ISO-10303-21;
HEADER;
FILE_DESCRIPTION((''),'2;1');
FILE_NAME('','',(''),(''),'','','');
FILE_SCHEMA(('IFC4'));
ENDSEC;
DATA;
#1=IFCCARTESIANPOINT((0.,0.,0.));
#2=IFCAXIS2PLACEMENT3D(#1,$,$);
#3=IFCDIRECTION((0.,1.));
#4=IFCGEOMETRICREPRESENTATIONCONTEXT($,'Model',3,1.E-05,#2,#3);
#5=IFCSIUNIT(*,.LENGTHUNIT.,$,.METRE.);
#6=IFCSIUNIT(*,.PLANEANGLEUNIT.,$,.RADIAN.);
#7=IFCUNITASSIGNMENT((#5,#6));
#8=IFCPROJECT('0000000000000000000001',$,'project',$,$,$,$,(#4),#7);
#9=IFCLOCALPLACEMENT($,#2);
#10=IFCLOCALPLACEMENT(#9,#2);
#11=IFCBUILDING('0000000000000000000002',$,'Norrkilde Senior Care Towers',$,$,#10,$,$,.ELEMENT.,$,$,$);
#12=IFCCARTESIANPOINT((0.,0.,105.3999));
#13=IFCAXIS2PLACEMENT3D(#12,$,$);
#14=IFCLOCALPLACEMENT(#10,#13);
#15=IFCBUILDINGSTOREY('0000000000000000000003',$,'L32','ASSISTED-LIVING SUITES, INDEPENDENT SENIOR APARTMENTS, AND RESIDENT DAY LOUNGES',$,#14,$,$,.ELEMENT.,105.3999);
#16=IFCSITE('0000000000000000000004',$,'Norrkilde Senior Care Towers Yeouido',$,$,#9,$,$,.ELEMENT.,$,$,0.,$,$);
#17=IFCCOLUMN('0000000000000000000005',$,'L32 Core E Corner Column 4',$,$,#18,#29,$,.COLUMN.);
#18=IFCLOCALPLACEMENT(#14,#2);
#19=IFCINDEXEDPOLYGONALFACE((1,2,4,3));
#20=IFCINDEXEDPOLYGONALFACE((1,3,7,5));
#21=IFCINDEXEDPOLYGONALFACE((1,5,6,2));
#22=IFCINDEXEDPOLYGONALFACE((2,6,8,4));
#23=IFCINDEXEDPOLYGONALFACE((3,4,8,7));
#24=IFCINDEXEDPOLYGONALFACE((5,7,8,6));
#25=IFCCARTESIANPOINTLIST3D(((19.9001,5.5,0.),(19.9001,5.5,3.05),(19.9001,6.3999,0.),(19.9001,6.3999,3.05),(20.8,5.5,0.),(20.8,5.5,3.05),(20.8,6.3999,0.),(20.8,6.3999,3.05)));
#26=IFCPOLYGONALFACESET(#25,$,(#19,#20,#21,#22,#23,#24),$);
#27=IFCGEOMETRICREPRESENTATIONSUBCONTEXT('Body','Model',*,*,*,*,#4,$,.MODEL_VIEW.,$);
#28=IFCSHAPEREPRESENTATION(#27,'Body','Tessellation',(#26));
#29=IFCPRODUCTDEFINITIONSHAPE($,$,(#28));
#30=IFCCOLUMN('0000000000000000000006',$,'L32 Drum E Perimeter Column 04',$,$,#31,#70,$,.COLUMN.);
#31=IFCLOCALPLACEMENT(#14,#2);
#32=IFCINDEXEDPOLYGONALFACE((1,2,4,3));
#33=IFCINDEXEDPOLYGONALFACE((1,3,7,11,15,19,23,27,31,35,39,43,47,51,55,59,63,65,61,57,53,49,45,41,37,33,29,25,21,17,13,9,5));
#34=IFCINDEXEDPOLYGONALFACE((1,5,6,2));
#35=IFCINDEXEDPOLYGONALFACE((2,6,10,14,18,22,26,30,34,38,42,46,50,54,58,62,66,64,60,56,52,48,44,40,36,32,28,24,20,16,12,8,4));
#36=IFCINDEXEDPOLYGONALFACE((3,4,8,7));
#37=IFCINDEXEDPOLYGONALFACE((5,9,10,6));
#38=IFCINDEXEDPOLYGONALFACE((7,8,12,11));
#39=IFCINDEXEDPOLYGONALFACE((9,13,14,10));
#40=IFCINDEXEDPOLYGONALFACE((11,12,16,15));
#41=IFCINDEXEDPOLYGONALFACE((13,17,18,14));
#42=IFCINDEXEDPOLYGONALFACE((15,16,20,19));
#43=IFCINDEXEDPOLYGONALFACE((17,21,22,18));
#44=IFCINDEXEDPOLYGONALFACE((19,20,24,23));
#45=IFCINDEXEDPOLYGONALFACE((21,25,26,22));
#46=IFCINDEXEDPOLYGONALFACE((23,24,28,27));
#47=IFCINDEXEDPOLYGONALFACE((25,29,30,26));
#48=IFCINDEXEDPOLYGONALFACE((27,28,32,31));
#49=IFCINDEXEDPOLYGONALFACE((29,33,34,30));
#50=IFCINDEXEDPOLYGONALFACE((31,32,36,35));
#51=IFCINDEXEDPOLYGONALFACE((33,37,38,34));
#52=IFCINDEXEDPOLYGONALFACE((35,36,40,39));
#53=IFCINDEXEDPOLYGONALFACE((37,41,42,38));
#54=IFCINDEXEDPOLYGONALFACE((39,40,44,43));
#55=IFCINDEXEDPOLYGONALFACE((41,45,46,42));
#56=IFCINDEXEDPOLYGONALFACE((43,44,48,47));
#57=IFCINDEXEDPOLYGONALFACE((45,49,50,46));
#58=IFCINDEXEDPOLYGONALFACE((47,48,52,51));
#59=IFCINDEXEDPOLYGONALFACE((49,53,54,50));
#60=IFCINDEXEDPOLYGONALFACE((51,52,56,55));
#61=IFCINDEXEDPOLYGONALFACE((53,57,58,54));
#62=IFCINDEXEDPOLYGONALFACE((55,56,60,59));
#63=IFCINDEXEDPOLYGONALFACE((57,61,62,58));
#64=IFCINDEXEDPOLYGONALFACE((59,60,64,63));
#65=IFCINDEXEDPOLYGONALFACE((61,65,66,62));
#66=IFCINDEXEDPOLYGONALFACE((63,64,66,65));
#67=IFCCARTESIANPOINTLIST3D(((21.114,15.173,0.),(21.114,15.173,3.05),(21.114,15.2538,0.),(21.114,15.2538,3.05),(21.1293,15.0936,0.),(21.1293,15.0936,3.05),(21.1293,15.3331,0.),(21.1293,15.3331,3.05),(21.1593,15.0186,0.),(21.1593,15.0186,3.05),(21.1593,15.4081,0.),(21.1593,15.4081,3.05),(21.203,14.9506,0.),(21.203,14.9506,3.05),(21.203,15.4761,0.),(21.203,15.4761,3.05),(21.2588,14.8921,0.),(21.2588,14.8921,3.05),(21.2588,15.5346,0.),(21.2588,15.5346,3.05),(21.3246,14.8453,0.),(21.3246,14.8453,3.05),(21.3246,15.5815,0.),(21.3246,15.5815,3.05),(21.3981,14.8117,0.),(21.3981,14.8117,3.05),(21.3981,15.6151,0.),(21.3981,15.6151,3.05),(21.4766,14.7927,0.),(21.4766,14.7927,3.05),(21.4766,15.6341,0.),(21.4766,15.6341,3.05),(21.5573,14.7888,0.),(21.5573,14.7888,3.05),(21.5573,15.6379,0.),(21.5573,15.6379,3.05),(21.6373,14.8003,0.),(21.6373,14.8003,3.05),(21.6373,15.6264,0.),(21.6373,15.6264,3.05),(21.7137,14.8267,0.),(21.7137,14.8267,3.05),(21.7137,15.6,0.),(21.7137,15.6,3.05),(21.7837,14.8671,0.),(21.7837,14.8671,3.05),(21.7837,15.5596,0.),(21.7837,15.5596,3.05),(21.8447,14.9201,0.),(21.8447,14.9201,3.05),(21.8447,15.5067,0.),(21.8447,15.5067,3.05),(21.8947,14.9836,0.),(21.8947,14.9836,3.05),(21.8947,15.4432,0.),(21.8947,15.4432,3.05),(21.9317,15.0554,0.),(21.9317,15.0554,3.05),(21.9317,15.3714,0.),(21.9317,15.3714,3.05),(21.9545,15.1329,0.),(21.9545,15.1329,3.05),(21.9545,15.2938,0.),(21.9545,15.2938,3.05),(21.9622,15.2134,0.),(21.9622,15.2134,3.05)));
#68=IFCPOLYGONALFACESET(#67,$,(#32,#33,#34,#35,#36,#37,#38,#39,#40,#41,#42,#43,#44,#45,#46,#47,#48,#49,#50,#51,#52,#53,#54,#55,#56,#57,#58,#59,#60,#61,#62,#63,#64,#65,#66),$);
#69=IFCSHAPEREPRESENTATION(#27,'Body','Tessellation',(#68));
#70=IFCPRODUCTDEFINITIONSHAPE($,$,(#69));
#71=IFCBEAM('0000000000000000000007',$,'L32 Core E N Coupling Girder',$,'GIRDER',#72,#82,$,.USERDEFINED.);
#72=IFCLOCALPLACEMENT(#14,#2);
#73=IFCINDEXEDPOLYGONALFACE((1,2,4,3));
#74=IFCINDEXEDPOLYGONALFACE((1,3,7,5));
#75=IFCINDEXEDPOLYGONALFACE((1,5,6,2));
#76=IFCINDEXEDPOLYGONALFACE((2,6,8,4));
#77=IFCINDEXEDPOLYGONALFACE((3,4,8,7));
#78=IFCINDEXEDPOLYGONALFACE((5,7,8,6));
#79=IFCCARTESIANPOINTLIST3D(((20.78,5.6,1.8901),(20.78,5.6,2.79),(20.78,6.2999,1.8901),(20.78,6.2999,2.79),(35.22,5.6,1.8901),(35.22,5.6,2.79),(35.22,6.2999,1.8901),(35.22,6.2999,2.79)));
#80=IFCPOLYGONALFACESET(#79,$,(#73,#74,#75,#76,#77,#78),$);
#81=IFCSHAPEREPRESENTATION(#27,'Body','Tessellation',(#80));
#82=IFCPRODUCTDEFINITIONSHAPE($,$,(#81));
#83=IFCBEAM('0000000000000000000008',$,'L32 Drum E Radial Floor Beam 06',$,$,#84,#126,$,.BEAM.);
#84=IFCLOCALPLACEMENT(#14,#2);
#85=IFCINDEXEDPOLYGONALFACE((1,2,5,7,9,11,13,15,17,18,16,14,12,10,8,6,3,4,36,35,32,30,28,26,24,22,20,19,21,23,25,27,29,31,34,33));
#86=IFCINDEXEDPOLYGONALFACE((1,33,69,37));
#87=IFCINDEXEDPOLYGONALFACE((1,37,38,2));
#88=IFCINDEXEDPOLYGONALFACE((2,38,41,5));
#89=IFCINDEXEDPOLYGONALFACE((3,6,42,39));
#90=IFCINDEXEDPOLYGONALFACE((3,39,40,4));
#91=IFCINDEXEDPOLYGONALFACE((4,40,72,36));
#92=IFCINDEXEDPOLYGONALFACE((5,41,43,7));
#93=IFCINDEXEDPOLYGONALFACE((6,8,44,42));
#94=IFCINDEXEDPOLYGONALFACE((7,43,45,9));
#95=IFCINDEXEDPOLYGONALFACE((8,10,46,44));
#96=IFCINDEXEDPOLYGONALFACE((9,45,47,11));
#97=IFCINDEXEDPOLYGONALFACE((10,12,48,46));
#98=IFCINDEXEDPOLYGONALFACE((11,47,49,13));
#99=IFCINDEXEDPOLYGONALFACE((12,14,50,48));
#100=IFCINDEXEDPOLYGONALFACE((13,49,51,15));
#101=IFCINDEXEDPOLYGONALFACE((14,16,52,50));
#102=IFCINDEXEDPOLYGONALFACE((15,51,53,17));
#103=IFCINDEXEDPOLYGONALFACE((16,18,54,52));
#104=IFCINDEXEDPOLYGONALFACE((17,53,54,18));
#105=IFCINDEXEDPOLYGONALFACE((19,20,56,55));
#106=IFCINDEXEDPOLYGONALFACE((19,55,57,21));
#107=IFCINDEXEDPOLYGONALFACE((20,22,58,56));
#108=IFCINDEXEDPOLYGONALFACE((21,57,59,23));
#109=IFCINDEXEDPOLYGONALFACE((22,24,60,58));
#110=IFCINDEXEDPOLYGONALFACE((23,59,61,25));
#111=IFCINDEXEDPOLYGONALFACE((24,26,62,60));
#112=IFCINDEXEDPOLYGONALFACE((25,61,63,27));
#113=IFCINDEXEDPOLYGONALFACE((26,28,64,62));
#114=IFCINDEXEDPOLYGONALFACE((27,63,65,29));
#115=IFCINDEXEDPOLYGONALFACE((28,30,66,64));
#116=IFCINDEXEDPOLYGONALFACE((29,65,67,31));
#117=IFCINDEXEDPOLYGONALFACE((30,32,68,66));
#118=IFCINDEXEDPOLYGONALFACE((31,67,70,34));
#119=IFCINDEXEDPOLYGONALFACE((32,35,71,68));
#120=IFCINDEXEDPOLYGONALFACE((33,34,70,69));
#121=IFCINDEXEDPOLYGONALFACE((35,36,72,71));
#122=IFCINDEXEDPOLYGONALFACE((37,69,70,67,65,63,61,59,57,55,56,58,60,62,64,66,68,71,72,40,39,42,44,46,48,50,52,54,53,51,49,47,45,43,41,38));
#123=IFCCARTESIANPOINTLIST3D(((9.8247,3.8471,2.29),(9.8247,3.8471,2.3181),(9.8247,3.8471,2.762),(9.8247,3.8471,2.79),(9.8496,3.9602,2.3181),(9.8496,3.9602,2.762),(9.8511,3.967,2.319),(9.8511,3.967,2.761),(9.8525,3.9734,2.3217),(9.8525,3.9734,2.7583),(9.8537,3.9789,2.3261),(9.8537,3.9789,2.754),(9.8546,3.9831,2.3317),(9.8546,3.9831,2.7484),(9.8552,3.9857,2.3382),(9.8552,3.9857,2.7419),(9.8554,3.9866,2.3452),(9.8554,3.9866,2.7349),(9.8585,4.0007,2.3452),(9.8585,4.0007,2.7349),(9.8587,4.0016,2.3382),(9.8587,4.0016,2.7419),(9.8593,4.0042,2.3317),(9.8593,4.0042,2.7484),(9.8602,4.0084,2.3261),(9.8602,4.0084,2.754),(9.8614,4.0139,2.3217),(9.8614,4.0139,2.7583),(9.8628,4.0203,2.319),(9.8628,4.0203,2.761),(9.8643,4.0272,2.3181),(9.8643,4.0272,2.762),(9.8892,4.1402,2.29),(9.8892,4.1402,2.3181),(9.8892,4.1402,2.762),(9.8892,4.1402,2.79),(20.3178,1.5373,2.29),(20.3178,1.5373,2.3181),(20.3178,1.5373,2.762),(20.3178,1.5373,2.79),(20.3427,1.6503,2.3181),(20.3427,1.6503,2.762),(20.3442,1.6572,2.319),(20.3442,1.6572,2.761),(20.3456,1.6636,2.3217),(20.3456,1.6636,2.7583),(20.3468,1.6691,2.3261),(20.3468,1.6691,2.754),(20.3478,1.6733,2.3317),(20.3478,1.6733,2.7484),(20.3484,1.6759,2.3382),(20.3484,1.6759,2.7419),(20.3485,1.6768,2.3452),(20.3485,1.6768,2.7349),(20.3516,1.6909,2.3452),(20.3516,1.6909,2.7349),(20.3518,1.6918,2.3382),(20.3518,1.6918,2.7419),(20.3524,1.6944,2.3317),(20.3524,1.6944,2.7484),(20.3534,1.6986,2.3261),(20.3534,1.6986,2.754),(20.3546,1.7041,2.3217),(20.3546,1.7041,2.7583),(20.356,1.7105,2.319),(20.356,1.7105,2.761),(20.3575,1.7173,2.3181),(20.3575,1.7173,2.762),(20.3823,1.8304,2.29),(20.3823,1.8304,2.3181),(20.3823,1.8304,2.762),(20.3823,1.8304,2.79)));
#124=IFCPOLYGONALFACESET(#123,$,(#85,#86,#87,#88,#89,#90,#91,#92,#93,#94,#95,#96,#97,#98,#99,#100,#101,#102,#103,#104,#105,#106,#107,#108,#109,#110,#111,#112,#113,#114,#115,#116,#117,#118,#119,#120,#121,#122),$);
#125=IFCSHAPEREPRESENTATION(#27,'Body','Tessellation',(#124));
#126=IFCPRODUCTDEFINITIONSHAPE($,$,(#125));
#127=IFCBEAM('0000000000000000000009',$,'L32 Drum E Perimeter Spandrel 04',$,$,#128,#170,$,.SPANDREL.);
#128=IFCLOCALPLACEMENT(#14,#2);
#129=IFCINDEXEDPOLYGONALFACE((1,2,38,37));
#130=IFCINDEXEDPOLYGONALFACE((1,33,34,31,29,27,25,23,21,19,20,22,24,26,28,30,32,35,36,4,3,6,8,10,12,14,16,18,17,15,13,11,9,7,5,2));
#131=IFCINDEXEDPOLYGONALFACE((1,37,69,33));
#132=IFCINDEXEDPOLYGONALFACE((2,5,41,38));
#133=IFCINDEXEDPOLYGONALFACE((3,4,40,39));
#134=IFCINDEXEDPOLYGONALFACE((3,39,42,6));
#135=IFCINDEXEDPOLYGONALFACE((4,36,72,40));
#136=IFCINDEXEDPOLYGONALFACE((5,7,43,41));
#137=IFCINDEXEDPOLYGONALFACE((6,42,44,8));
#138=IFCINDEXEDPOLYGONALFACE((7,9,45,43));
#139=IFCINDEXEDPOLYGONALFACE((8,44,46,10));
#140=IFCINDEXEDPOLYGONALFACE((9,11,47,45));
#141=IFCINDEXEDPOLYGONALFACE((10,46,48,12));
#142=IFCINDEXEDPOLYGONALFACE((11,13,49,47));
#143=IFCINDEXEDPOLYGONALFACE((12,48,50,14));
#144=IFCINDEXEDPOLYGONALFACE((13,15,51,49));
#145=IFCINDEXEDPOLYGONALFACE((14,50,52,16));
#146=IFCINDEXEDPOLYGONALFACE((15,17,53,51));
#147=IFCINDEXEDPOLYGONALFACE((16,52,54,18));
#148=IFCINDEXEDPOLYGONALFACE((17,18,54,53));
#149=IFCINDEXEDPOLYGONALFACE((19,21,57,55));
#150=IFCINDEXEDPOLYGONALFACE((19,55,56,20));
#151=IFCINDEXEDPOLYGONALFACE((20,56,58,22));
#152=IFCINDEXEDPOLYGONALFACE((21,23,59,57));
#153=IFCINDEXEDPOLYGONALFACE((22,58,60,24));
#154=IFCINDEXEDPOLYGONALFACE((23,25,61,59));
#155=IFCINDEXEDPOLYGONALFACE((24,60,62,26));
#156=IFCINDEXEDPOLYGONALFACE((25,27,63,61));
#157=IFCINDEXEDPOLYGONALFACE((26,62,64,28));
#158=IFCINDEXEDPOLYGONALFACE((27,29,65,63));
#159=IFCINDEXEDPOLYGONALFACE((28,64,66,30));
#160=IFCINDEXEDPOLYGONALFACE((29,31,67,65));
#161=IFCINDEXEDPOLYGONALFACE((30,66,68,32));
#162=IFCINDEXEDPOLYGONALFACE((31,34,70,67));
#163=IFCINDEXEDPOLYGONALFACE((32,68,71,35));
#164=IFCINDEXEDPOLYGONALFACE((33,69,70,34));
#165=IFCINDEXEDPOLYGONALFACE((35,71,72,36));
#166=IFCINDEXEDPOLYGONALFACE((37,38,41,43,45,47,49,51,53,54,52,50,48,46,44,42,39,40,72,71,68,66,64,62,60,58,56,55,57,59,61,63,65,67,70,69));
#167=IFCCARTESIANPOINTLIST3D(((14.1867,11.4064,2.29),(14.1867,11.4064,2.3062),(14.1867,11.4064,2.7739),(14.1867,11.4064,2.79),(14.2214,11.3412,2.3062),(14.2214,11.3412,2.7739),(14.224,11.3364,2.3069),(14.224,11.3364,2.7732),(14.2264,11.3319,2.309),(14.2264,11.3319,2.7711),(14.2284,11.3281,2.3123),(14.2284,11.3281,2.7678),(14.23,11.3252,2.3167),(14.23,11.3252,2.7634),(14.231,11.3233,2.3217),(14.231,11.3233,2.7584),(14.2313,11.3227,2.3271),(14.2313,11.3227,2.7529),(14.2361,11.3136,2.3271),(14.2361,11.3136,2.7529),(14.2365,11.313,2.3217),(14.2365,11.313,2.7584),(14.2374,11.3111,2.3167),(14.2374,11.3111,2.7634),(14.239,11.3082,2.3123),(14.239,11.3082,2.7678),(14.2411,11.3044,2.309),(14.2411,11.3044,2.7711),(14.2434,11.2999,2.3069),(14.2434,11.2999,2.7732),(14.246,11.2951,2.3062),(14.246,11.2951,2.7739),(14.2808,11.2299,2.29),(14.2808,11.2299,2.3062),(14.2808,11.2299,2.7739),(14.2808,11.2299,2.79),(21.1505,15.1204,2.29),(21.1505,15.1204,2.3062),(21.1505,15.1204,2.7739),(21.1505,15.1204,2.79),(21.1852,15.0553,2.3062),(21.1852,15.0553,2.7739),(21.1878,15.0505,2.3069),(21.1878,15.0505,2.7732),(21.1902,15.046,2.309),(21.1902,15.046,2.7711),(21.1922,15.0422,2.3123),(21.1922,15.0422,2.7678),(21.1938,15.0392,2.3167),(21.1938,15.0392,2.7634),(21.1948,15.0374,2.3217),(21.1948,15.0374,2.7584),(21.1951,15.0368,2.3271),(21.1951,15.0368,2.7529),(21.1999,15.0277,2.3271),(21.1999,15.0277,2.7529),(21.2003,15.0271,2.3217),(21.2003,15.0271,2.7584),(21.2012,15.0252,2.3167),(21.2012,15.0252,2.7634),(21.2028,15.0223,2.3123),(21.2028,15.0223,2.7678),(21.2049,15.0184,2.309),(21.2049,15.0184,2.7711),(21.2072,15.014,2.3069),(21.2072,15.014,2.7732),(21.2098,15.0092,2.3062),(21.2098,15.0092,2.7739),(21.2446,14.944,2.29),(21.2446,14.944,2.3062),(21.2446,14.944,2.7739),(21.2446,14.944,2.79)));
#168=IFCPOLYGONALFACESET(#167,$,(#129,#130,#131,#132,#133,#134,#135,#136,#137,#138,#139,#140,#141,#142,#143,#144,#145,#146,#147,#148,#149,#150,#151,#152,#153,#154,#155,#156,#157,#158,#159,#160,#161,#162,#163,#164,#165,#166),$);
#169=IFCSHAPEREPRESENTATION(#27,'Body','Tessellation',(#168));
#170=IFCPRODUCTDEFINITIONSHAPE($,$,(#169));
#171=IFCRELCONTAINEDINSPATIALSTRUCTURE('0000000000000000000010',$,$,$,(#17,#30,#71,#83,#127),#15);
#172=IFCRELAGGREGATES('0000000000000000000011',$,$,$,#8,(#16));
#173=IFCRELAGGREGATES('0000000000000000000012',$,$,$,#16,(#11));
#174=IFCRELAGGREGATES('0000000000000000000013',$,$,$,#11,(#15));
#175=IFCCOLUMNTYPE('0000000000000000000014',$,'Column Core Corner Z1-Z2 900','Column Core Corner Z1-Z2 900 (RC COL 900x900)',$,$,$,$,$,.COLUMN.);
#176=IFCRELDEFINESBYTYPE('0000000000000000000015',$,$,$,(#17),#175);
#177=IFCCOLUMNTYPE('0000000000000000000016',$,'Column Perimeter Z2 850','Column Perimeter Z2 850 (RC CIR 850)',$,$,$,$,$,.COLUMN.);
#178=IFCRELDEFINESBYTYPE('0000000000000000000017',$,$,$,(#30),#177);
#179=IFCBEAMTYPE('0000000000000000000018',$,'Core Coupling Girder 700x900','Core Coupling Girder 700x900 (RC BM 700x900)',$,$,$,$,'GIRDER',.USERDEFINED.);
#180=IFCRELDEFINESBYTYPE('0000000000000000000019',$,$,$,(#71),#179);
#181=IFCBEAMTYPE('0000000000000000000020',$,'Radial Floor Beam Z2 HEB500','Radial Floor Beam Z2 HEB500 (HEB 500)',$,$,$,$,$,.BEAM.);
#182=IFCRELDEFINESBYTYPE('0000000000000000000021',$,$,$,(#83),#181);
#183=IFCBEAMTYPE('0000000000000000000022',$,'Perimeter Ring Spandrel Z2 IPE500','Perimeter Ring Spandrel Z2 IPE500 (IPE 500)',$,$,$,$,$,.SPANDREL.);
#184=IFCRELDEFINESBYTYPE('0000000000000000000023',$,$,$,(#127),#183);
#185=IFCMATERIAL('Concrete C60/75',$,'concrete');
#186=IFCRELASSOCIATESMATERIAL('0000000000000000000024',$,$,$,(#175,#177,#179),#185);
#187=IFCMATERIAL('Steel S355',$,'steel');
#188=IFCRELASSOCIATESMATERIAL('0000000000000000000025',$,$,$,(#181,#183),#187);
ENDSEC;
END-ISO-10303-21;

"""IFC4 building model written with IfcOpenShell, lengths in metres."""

from ifc_helpers import new_model, si_unit, direction, frame, origin, origin_2d, place, context, subcontext, project, spatial, rectangle, circle, i_section, extrude, source, transform, mapped, material, material_profile, profile_set, type_object, type_shapes, element, save


model = new_model("IFC4")

# Units and contexts
model_context = context("Model", 3, precision=1e-05, world=origin(), true_north=direction((0.0, 1.0)))
body_context = subcontext(model_context, "Body", "Model", "MODEL_VIEW")
ifc_project = project(units=[si_unit("LENGTHUNIT", "METRE"), si_unit("PLANEANGLEUNIT", "RADIAN")], contexts=[model_context])

# Site, building, storey
site_placement = place(None, origin())
site = spatial("IfcSite", under=ifc_project, at=site_placement, Name="Norrkilde Senior Care Towers Yeouido", CompositionType="ELEMENT", RefElevation=0.0)
building_placement = place(site_placement, origin())
building = spatial("IfcBuilding", under=site, at=building_placement, Name="Norrkilde Senior Care Towers", CompositionType="ELEMENT")
storey_placement = place(building_placement, frame((0.0, 0.0, 105.3999)))
storey = spatial("IfcBuildingStorey", under=building, at=storey_placement, Name="L32", Description="ASSISTED-LIVING SUITES, INDEPENDENT SENIOR APARTMENTS, AND RESIDENT DAY LOUNGES", CompositionType="ELEMENT", Elevation=105.3999)

# Columns
ifc_material_1 = material(Name="Concrete C60/75", Category="concrete")
ifc_material_profile_1 = material_profile(ifc_material_1, rectangle(XDim=0.8999, YDim=0.8999, at=origin_2d()), Name="RC COL 900x900")
ifc_profile_set_1 = profile_set([ifc_material_profile_1], Name="Concrete C60/75")
column_type_1 = type_object("IfcColumnType", Name="Column Core Corner Z1-Z2 900", Description="Column Core Corner Z1-Z2 900 (RC COL 900x900)", PredefinedType="COLUMN", material=ifc_profile_set_1)
shared_shape_1 = source(origin(), body_context, "Body", "SweptSolid", [
    extrude(rectangle(XDim=0.8999, YDim=0.8999, at=origin_2d()), origin(), (0.0, 0.0, 1.0), 3.05),
])
type_shapes(column_type_1, [shared_shape_1])
column_1_placement = place(storey_placement, frame((20.3501, 5.95, 0.0), z_axis=(0.0, 0.0, 1.0), x_axis=(1.0, 0.0, 0.0)))
element("IfcColumn", 1, at=column_1_placement, inside=storey, type_object=column_type_1, Name="L32 Core E Corner Column 4", PredefinedType="COLUMN", context=body_context, shape_type="MappedRepresentation", body=[
    mapped(shared_shape_1, transform((0.0, 0.0, 0.0), x_axis=(1.0, 0.0, 0.0), y_axis=(0.0, 1.0, 0.0), z_axis=(0.0, 0.0, 1.0), scale=1.0)),
])
ifc_material_profile_2 = material_profile(ifc_material_1, circle(Radius=0.425, at=origin_2d()), Name="RC CIR 850")
ifc_profile_set_2 = profile_set([ifc_material_profile_2], Name="Concrete C60/75")
column_type_2 = type_object("IfcColumnType", Name="Column Perimeter Z2 850", Description="Column Perimeter Z2 850 (RC CIR 850)", PredefinedType="COLUMN", material=ifc_profile_set_2)
shared_shape_2 = source(origin(), body_context, "Body", "SweptSolid", [
    extrude(circle(Radius=0.425, at=origin_2d()), origin(), (0.0, 0.0, 1.0), 3.05),
])
type_shapes(column_type_2, [shared_shape_2])
column_2_placement = place(storey_placement, frame((21.5371, 15.2134, 0.0), z_axis=(0.0, 0.0, 1.0), x_axis=(1.0, 0.0, 0.0)))
element("IfcColumn", 2, at=column_2_placement, inside=storey, type_object=column_type_2, Name="L32 Drum E Perimeter Column 04", PredefinedType="COLUMN", context=body_context, shape_type="MappedRepresentation", body=[
    mapped(shared_shape_2, transform((0.0, 0.0, 0.0), x_axis=(1.0, 0.0, 0.0), y_axis=(0.0, 1.0, 0.0), z_axis=(0.0, 0.0, 1.0), scale=1.0)),
])

# Beams
ifc_material_profile_3 = material_profile(ifc_material_1, rectangle(XDim=0.7, YDim=0.8999, at=origin_2d()), Name="RC BM 700x900")
ifc_profile_set_3 = profile_set([ifc_material_profile_3], Name="Concrete C60/75")
beam_type_1 = type_object("IfcBeamType", Name="Core Coupling Girder 700x900", Description="Core Coupling Girder 700x900 (RC BM 700x900)", ElementType="GIRDER", PredefinedType="USERDEFINED", material=ifc_profile_set_3)
shared_shape_3 = source(origin(), body_context, "Body", "SweptSolid", [
    extrude(rectangle(XDim=0.7, YDim=0.8999, at=origin_2d()), origin(), (0.0, 0.0, 1.0), 14.4399),
])
type_shapes(beam_type_1, [shared_shape_3])
beam_1_placement = place(storey_placement, frame((20.78, 5.95, 2.3401), z_axis=(1.0, 0.0, 0.0), x_axis=(0.0, 1.0, 0.0)))
element("IfcBeam", 3, at=beam_1_placement, inside=storey, type_object=beam_type_1, Name="L32 Core E N Coupling Girder", ObjectType="GIRDER", PredefinedType="USERDEFINED", context=body_context, shape_type="MappedRepresentation", body=[
    mapped(shared_shape_3, transform((0.0, 0.0, 0.0), x_axis=(1.0, 0.0, 0.0), y_axis=(0.0, 1.0, 0.0), z_axis=(0.0, 0.0, 1.0), scale=1.0)),
])
ifc_material_2 = material(Name="Steel S355", Category="steel")
ifc_material_profile_4 = material_profile(ifc_material_2, i_section(OverallWidth=0.3, OverallDepth=0.5, WebThickness=0.0144, FlangeThickness=0.0281, FilletRadius=0.0271, at=origin_2d()), Name="HEB 500")
ifc_profile_set_4 = profile_set([ifc_material_profile_4], Name="Steel S355")
beam_type_2 = type_object("IfcBeamType", Name="Radial Floor Beam Z2 HEB500", Description="Radial Floor Beam Z2 HEB500 (HEB 500)", PredefinedType="BEAM", material=ifc_profile_set_4)
shared_shape_4 = source(origin(), body_context, "Body", "SweptSolid", [
    extrude(i_section(OverallWidth=0.3, OverallDepth=0.5, WebThickness=0.0144, FlangeThickness=0.0281, FilletRadius=0.0271, at=origin_2d()), origin(), (0.0, 0.0, 1.0), 10.7444),
])
beam_2_placement = place(storey_placement, frame((20.3501, 1.6838, 2.54), z_axis=(-0.976619, 0.214979, 0.0), x_axis=(-0.214979, -0.976619, 0.0)))
element("IfcBeam", 4, at=beam_2_placement, inside=storey, type_object=beam_type_2, Name="L32 Drum E Radial Floor Beam 06", PredefinedType="BEAM", context=body_context, shape_type="MappedRepresentation", body=[
    mapped(shared_shape_4, transform((0.0, 0.0, 0.0), x_axis=(1.0, 0.0, 0.0), y_axis=(0.0, 1.0, 0.0), z_axis=(0.0, 0.0, 1.0), scale=1.0)),
])
ifc_material_profile_5 = material_profile(ifc_material_2, i_section(OverallWidth=0.2, OverallDepth=0.5, WebThickness=0.0103, FlangeThickness=0.0161, FilletRadius=0.021, at=origin_2d()), Name="IPE 500")
ifc_profile_set_5 = profile_set([ifc_material_profile_5], Name="Steel S355")
beam_type_3 = type_object("IfcBeamType", Name="Perimeter Ring Spandrel Z2 IPE500", Description="Perimeter Ring Spandrel Z2 IPE500 (IPE 500)", PredefinedType="SPANDREL", material=ifc_profile_set_5)
shared_shape_5 = source(origin(), body_context, "Body", "SweptSolid", [
    extrude(i_section(OverallWidth=0.2, OverallDepth=0.5, WebThickness=0.0103, FlangeThickness=0.0161, FilletRadius=0.021, at=origin_2d()), origin(), (0.0, 0.0, 1.0), 7.8923),
])
type_shapes(beam_type_3, [shared_shape_5])
beam_3_placement = place(storey_placement, frame((21.1975, 15.0322, 2.54), z_axis=(-0.88235, -0.470593, 0.0), x_axis=(0.470593, -0.88235, 0.0)))
element("IfcBeam", 5, at=beam_3_placement, inside=storey, type_object=beam_type_3, Name="L32 Drum E Perimeter Spandrel 04", PredefinedType="SPANDREL", context=body_context, shape_type="MappedRepresentation", body=[
    mapped(shared_shape_5, transform((0.0, 0.0, 0.0), x_axis=(1.0, 0.0, 0.0), y_axis=(0.0, 1.0, 0.0), z_axis=(0.0, 0.0, 1.0), scale=1.0)),
])

save(model, "model.ifc")
